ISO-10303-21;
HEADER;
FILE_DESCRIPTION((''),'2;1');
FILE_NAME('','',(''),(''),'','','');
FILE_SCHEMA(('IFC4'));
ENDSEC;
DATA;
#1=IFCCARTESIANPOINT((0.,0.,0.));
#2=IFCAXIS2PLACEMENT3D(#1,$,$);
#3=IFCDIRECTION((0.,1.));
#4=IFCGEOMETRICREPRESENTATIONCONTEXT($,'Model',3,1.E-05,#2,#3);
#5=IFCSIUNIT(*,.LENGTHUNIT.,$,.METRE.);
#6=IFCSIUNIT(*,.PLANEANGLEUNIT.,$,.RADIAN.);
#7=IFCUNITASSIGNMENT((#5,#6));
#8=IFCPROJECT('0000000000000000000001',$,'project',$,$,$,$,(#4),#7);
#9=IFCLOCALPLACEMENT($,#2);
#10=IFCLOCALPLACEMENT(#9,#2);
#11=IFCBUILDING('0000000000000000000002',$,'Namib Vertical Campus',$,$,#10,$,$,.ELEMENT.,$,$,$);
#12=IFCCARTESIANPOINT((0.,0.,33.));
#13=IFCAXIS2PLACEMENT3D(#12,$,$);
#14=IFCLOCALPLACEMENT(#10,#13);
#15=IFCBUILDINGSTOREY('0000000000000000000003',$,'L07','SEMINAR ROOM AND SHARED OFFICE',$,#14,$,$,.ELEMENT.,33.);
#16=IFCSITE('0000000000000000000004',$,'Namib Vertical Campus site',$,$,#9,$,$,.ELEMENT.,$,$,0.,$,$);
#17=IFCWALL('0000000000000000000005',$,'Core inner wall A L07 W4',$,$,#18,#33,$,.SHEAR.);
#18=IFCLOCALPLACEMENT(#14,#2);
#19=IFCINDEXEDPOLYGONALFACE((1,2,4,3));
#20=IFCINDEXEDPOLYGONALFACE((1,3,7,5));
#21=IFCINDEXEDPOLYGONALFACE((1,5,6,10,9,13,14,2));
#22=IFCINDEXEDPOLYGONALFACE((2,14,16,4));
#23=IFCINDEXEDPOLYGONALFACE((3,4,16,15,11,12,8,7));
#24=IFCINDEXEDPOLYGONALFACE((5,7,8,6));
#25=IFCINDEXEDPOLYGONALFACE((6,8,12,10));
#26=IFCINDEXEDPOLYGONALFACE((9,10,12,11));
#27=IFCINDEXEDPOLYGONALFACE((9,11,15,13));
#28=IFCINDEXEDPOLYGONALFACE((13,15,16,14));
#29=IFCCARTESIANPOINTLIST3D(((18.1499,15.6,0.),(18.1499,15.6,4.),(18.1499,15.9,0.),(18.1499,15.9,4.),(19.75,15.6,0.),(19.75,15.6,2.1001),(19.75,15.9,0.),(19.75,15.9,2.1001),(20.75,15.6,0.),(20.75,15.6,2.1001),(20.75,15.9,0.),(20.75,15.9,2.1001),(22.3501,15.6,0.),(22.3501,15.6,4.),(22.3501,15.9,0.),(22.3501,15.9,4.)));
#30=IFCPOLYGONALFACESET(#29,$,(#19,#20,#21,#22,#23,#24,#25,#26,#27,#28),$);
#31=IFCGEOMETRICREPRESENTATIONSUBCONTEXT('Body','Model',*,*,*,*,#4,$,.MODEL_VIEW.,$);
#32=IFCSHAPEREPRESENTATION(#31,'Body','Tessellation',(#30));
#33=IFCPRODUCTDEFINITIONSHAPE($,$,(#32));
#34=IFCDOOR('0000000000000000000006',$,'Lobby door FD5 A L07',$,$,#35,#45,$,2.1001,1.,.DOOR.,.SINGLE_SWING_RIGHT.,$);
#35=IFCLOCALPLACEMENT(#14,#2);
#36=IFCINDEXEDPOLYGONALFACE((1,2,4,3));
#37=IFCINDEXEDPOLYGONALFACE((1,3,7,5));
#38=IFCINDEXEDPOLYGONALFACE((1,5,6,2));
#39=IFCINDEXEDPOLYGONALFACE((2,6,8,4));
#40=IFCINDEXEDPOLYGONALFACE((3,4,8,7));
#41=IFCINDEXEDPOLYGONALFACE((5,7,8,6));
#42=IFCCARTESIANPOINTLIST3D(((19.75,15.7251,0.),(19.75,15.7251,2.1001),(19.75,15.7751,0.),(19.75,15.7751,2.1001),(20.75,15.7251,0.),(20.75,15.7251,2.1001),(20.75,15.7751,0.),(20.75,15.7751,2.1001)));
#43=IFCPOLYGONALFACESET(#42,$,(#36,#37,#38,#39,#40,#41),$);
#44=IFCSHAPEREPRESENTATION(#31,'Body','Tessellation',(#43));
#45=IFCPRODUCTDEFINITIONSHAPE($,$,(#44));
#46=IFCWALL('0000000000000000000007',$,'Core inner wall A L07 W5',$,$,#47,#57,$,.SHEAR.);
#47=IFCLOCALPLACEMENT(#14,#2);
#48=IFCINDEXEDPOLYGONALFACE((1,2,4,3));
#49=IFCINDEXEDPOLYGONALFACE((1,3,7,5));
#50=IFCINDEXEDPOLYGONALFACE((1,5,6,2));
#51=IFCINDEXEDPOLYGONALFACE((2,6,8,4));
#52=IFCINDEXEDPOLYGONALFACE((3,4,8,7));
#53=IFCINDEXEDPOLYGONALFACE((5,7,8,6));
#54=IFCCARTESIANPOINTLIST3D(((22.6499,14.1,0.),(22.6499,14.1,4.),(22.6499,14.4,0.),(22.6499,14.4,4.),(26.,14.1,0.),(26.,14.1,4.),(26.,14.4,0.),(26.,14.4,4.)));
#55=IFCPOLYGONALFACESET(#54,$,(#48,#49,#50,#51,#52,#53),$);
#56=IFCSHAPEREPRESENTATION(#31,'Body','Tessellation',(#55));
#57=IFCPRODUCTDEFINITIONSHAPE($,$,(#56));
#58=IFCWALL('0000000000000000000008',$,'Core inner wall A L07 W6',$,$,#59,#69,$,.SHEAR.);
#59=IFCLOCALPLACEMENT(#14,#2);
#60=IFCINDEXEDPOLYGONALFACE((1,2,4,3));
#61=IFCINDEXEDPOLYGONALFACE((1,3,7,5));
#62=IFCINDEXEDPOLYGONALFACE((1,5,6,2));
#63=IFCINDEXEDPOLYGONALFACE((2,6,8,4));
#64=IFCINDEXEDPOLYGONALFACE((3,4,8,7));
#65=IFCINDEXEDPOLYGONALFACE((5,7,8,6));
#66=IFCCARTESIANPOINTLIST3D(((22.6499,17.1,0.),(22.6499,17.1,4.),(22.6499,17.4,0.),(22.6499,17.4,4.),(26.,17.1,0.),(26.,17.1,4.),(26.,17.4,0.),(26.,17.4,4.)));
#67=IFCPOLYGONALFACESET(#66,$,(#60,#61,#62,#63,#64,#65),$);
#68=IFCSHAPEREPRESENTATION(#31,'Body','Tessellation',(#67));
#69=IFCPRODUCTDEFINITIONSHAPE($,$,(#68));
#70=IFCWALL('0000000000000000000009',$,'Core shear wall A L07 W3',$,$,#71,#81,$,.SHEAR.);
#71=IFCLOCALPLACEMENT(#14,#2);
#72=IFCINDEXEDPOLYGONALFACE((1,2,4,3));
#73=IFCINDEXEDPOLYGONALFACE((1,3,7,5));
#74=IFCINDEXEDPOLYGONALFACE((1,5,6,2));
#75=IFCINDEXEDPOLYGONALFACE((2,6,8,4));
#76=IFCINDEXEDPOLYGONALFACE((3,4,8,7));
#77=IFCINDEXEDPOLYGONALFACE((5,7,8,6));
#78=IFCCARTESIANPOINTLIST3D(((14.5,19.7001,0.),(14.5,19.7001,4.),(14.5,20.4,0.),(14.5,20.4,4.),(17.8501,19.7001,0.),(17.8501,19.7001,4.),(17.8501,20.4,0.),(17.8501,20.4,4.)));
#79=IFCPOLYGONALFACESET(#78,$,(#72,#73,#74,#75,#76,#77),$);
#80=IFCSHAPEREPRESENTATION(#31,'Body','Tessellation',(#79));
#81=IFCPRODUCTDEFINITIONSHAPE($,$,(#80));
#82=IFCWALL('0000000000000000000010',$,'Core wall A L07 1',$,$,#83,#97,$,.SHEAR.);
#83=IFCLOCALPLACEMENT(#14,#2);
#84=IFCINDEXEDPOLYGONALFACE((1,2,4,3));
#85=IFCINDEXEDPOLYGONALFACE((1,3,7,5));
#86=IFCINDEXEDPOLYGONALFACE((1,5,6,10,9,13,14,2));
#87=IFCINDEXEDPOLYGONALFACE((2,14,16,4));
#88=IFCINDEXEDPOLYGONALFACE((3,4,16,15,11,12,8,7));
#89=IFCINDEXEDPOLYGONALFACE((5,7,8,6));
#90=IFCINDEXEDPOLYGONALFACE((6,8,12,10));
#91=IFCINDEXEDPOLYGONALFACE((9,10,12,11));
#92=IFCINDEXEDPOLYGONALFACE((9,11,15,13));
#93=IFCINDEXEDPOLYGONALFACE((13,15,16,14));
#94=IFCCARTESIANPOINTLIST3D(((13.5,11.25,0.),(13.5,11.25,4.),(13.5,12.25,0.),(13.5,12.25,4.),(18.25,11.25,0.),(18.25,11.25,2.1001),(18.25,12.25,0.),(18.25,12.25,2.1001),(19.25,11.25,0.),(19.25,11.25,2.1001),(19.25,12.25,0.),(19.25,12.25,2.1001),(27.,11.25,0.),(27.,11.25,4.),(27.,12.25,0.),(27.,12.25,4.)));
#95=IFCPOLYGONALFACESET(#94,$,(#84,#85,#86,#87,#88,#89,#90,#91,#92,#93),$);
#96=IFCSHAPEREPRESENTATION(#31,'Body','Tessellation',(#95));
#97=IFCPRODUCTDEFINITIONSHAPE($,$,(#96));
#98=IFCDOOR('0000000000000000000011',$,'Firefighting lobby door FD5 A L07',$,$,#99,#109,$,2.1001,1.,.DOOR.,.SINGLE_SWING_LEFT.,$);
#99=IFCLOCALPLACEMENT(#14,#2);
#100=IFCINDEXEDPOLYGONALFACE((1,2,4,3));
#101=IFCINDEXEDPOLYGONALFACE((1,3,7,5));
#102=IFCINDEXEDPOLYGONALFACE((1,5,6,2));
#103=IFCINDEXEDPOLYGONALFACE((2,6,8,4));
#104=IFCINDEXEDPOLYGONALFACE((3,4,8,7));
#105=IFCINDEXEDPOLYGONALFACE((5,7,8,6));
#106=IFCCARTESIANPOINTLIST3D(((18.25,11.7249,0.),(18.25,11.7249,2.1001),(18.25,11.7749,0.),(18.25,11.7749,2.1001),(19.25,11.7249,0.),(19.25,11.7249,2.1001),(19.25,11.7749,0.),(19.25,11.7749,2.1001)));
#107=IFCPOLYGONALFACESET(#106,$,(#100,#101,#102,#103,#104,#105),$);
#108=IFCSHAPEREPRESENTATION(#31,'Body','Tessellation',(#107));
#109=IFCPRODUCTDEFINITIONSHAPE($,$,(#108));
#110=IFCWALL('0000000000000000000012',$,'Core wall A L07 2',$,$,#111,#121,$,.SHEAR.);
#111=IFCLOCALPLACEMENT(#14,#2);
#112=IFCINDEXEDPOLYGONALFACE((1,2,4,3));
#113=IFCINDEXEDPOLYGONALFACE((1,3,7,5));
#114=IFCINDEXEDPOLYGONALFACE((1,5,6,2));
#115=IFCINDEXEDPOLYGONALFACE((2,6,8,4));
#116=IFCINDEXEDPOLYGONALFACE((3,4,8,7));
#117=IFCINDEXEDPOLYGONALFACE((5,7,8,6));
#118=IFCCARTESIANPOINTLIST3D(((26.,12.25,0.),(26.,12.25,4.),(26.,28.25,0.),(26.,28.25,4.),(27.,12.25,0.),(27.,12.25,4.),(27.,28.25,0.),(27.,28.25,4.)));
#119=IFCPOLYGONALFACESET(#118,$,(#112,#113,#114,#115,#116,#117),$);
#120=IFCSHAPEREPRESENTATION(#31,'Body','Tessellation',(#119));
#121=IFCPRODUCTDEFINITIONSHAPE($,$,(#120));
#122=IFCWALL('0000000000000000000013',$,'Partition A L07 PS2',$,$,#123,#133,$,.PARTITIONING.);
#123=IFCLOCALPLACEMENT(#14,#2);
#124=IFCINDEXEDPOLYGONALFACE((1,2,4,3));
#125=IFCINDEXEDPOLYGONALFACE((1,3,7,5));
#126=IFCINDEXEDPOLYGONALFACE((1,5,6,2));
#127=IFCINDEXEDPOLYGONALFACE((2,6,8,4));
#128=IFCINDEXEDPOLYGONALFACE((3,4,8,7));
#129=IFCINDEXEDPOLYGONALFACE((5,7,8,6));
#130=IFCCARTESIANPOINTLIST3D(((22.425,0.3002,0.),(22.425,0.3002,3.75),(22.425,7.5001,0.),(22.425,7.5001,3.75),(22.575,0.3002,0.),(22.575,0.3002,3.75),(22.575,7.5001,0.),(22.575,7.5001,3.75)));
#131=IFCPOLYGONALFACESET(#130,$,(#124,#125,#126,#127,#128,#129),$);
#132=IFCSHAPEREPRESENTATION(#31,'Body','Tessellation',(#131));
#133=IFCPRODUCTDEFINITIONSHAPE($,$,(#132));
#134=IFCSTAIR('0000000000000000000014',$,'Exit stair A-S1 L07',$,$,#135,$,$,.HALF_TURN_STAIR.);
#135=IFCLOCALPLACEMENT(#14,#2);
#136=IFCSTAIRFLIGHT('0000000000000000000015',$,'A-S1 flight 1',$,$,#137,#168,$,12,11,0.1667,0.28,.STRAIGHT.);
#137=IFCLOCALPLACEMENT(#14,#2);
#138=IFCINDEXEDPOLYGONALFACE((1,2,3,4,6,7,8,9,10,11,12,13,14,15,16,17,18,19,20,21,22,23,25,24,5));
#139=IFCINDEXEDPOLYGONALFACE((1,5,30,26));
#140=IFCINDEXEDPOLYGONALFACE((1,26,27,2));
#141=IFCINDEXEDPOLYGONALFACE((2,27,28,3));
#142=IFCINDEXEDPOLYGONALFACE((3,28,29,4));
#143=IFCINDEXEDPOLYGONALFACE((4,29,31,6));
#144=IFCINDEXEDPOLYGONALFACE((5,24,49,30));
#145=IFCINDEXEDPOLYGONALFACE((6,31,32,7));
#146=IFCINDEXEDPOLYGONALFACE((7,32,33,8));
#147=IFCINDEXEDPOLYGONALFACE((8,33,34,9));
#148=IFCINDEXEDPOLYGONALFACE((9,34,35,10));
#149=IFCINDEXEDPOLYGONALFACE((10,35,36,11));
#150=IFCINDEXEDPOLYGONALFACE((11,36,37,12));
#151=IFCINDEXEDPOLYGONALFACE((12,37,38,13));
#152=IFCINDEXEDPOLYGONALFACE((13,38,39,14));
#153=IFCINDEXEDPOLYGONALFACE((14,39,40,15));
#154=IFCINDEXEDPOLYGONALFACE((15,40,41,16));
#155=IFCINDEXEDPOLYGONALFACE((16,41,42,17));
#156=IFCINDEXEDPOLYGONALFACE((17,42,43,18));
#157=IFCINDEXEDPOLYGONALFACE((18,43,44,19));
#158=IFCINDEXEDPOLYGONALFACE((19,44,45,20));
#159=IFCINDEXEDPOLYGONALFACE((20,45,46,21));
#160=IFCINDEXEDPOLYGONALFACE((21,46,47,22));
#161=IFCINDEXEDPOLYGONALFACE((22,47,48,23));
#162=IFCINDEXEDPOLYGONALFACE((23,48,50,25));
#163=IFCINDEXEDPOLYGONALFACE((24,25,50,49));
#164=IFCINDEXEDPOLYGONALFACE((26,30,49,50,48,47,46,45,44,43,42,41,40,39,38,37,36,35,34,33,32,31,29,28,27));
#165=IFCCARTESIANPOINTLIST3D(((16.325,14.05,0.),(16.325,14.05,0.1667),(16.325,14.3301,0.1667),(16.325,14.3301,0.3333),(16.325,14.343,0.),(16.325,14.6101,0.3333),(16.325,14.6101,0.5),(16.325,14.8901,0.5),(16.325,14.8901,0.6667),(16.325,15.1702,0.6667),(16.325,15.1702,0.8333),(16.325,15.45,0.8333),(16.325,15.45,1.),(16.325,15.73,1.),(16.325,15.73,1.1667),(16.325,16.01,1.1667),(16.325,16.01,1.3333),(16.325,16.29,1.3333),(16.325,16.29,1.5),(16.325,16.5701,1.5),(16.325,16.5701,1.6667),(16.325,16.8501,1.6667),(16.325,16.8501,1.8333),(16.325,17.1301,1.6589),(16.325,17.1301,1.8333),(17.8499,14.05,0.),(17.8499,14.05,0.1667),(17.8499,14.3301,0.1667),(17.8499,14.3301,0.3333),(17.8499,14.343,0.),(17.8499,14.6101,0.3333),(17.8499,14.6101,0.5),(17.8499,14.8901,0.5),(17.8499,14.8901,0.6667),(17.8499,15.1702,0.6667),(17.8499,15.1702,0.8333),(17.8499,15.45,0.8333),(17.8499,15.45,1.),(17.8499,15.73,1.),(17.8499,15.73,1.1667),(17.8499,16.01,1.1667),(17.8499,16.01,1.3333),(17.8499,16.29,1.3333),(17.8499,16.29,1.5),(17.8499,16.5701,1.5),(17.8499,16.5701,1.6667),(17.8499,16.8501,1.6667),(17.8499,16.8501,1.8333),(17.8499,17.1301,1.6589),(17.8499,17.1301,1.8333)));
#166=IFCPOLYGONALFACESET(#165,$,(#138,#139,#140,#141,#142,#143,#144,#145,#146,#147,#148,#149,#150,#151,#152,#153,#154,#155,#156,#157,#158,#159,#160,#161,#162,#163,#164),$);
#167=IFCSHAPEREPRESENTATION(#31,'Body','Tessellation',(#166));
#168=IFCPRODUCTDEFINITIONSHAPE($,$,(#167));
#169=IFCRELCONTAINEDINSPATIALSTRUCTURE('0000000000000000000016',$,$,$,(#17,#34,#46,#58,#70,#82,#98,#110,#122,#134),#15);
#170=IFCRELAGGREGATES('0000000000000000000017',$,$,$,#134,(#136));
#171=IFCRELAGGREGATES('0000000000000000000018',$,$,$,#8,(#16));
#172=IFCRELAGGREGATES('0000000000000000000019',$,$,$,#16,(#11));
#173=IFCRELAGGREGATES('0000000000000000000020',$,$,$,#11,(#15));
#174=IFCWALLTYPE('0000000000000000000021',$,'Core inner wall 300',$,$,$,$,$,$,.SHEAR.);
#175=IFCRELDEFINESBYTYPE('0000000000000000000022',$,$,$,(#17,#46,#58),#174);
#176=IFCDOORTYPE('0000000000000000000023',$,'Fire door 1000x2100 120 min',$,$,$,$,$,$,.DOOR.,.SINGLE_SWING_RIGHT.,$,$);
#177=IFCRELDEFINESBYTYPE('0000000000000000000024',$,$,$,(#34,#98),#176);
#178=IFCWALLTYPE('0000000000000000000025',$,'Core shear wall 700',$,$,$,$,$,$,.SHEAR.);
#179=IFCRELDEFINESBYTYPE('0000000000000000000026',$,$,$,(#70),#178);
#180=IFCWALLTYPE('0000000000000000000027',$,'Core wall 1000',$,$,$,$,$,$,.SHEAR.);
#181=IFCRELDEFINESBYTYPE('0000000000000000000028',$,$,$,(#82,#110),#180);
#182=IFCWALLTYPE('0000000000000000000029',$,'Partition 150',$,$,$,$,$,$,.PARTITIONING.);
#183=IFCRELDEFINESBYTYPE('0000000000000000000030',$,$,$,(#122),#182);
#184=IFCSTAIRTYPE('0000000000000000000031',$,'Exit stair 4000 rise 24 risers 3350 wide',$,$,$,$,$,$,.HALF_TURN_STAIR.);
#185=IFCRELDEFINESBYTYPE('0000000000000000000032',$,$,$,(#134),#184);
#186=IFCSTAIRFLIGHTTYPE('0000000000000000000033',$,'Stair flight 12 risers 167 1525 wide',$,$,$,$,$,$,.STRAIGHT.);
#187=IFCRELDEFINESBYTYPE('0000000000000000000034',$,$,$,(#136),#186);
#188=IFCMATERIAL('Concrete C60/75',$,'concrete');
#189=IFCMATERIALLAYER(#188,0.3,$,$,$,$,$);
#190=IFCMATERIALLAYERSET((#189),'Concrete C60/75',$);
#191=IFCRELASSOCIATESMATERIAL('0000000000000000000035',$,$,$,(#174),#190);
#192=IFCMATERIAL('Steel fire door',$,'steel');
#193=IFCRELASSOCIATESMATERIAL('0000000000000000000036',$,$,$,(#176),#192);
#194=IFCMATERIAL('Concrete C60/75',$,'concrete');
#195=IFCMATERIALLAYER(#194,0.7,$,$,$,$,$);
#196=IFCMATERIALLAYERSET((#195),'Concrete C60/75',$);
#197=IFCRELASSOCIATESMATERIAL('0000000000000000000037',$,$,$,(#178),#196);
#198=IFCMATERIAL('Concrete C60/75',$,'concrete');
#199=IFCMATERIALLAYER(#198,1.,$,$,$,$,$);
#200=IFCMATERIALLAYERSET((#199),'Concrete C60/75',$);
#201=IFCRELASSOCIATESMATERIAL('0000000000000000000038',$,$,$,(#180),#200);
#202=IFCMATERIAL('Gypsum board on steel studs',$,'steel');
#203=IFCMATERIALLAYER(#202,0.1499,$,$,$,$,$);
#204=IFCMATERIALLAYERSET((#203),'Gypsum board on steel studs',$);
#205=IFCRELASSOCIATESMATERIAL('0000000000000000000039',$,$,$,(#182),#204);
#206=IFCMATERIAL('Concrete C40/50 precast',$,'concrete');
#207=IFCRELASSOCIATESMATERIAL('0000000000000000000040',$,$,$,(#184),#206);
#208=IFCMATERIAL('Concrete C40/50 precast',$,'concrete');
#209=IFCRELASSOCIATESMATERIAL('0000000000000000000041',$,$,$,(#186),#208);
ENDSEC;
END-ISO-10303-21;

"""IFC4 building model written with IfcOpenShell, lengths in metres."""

from ifc_helpers import new_model, si_unit, direction, frame, frame_2d, origin, place, context, subcontext, project, spatial, polyline, rectangle, outline, extrude, material, layer, layer_set, type_object, element, fill, aggregate, save


model = new_model("IFC4")

# Units and contexts
model_context = context("Model", 3, precision=1e-05, world=origin(), true_north=direction((0.0, 1.0)))
body_context = subcontext(model_context, "Body", "Model", "MODEL_VIEW")
ifc_project = project(units=[si_unit("LENGTHUNIT", "METRE"), si_unit("PLANEANGLEUNIT", "RADIAN")], contexts=[model_context])

# Site, building, storey
site_placement = place(None, origin())
site = spatial("IfcSite", under=ifc_project, at=site_placement, Name="Namib Vertical Campus site", CompositionType="ELEMENT", RefElevation=0.0)
building_placement = place(site_placement, origin())
building = spatial("IfcBuilding", under=site, at=building_placement, Name="Namib Vertical Campus", CompositionType="ELEMENT")
storey_placement = place(building_placement, frame((0.0, 0.0, 33.0)))
storey = spatial("IfcBuildingStorey", under=building, at=storey_placement, Name="L07", Description="SEMINAR ROOM AND SHARED OFFICE", CompositionType="ELEMENT", Elevation=33.0)

# Shared definitions
ifc_material_1 = material(Name="Concrete C60/75", Category="concrete")
ifc_layer_1 = layer(ifc_material_1, 0.3)
ifc_layer_set_1 = layer_set([ifc_layer_1], Name="Concrete C60/75")
wall_type_1 = type_object("IfcWallType", Name="Core inner wall 300", PredefinedType="SHEAR", material=ifc_layer_set_1)

# Wall, opening, door
wall_1_placement = place(storey_placement, frame((18.1499, 15.75, 0.0), z_axis=(0.0, 0.0, 1.0), x_axis=(1.0, 0.0, 0.0)))
wall_1 = element("IfcWall", 1, at=wall_1_placement, inside=storey, type_object=wall_type_1, Name="Core inner wall A L07 W4", PredefinedType="SHEAR", context=body_context, shape_type="SweptSolid", body=[
    extrude(rectangle(XDim=4.2002, YDim=0.3, at=frame_2d((2.1001, 0.0))), origin(), (0.0, 0.0, 1.0), 4.0),
])
opening_1_placement = place(wall_1_placement, frame((1.6001, 0.0, 0.0)))
opening_1 = element("IfcOpeningElement", 2, at=opening_1_placement, cuts=wall_1, PredefinedType="OPENING", context=body_context, shape_type="SweptSolid", body=[
    extrude(rectangle(XDim=1.0, YDim=2.1001, at=frame_2d((0.5, 1.05))), frame((0.0, 0.1599, 0.0), z_axis=(0.0, -1.0, 0.0), x_axis=(1.0, 0.0, 0.0)), (0.0, 0.0, 1.0), 0.3201),
])
ifc_material_2 = material(Name="Steel fire door", Category="steel")
door_type_1 = type_object("IfcDoorType", Name="Fire door 1000x2100 120 min", OperationType="SINGLE_SWING_RIGHT", PredefinedType="DOOR", material=ifc_material_2)
door_1_placement = place(opening_1_placement, frame((1.0, 0.0, 0.0), z_axis=(0.0, 0.0, 1.0), x_axis=(-1.0, 0.0, 0.0)))
door_1 = element("IfcDoor", 3, at=door_1_placement, inside=storey, type_object=door_type_1, Name="Lobby door FD5 A L07", OperationType="SINGLE_SWING_RIGHT", OverallHeight=2.1001, OverallWidth=1.0, PredefinedType="DOOR", context=body_context, shape_type="SweptSolid", body=[
    extrude(rectangle(XDim=1.0, YDim=2.1001, at=frame_2d((0.5, 1.05))), frame((0.0, 0.0249, 0.0), z_axis=(0.0, -1.0, 0.0), x_axis=(1.0, 0.0, 0.0)), (0.0, 0.0, 1.0), 0.05),
])
fill(opening_1, door_1)

# Walls
for number, where, z_axis, x_axis, name in (
    (4, (22.6499, 14.25, 0.0), (0.0, 0.0, 1.0), (1.0, 0.0, 0.0), "Core inner wall A L07 W5"),
    (5, (22.6499, 17.25, 0.0), (0.0, 0.0, 1.0), (1.0, 0.0, 0.0), "Core inner wall A L07 W6"),
):
    element("IfcWall", number, at=place(storey_placement, frame(where, z_axis=z_axis, x_axis=x_axis)), inside=storey, type_object=wall_type_1, Name=name, PredefinedType="SHEAR", context=body_context, shape_type="SweptSolid", body=[
        extrude(rectangle(XDim=3.3501, YDim=0.3, at=frame_2d((1.675, 0.0))), origin(), (0.0, 0.0, 1.0), 4.0),
    ])
ifc_material_3 = material(Name="Concrete C60/75", Category="concrete")
ifc_layer_2 = layer(ifc_material_3, 0.7)
ifc_layer_set_2 = layer_set([ifc_layer_2], Name="Concrete C60/75")
wall_type_2 = type_object("IfcWallType", Name="Core shear wall 700", PredefinedType="SHEAR", material=ifc_layer_set_2)
wall_2_placement = place(storey_placement, frame((14.5, 20.05, 0.0), z_axis=(0.0, 0.0, 1.0), x_axis=(1.0, 0.0, 0.0)))
element("IfcWall", 6, at=wall_2_placement, inside=storey, type_object=wall_type_2, Name="Core shear wall A L07 W3", PredefinedType="SHEAR", context=body_context, shape_type="SweptSolid", body=[
    extrude(rectangle(XDim=3.3501, YDim=0.7, at=frame_2d((1.675, 0.0))), origin(), (0.0, 0.0, 1.0), 4.0),
])

# Wall, opening, door
ifc_material_4 = material(Name="Concrete C60/75", Category="concrete")
ifc_layer_3 = layer(ifc_material_4, 1.0)
ifc_layer_set_3 = layer_set([ifc_layer_3], Name="Concrete C60/75")
wall_type_3 = type_object("IfcWallType", Name="Core wall 1000", PredefinedType="SHEAR", material=ifc_layer_set_3)
wall_3_placement = place(storey_placement, frame((13.5, 11.75, 0.0), z_axis=(0.0, 0.0, 1.0), x_axis=(1.0, 0.0, 0.0)))
wall_3 = element("IfcWall", 7, at=wall_3_placement, inside=storey, type_object=wall_type_3, Name="Core wall A L07 1", PredefinedType="SHEAR", context=body_context, shape_type="SweptSolid", body=[
    extrude(rectangle(XDim=13.5, YDim=1.0, at=frame_2d((6.75, 0.0))), origin(), (0.0, 0.0, 1.0), 4.0),
])
opening_2_placement = place(wall_3_placement, frame((4.75, 0.0, 0.0)))
opening_2 = element("IfcOpeningElement", 8, at=opening_2_placement, cuts=wall_3, PredefinedType="OPENING", context=body_context, shape_type="SweptSolid", body=[
    extrude(rectangle(XDim=1.0, YDim=2.1001, at=frame_2d((0.5, 1.05))), frame((0.0, 0.51, 0.0), z_axis=(0.0, -1.0, 0.0), x_axis=(1.0, 0.0, 0.0)), (0.0, 0.0, 1.0), 1.02),
])
door_2_placement = place(opening_2_placement, origin())
door_2 = element("IfcDoor", 9, at=door_2_placement, inside=storey, type_object=door_type_1, Name="Firefighting lobby door FD5 A L07", OperationType="SINGLE_SWING_LEFT", OverallHeight=2.1001, OverallWidth=1.0, PredefinedType="DOOR", context=body_context, shape_type="SweptSolid", body=[
    extrude(rectangle(XDim=1.0, YDim=2.1001, at=frame_2d((0.5, 1.05))), frame((0.0, 0.0249, 0.0), z_axis=(0.0, -1.0, 0.0), x_axis=(1.0, 0.0, 0.0)), (0.0, 0.0, 1.0), 0.05),
])
fill(opening_2, door_2)

# Walls
wall_4_placement = place(storey_placement, frame((26.5, 12.25, 0.0), z_axis=(0.0, 0.0, 1.0), x_axis=(0.0, 1.0, 0.0)))
element("IfcWall", 10, at=wall_4_placement, inside=storey, type_object=wall_type_3, Name="Core wall A L07 2", PredefinedType="SHEAR", context=body_context, shape_type="SweptSolid", body=[
    extrude(rectangle(XDim=16.0, YDim=1.0, at=frame_2d((8.0, 0.0))), origin(), (0.0, 0.0, 1.0), 4.0),
])
ifc_material_5 = material(Name="Gypsum board on steel studs", Category="steel")
ifc_layer_4 = layer(ifc_material_5, 0.1499)
ifc_layer_set_4 = layer_set([ifc_layer_4], Name="Gypsum board on steel studs")
wall_type_4 = type_object("IfcWallType", Name="Partition 150", PredefinedType="PARTITIONING", material=ifc_layer_set_4)
wall_5_placement = place(storey_placement, frame((22.5, 0.3, 0.0), z_axis=(0.0, 0.0, 1.0), x_axis=(0.0, 1.0, 0.0)))
element("IfcWall", 11, at=wall_5_placement, inside=storey, type_object=wall_type_4, Name="Partition A L07 PS2", PredefinedType="PARTITIONING", context=body_context, shape_type="SweptSolid", body=[
    extrude(rectangle(XDim=7.2, YDim=0.1499, at=frame_2d((3.6001, 0.0))), origin(), (0.0, 0.0, 1.0), 3.75),
])

# Stair, stair flight
ifc_material_6 = material(Name="Concrete C40/50 precast", Category="concrete")
stair_type = type_object("IfcStairType", Name="Exit stair 4000 rise 24 risers 3350 wide", PredefinedType="HALF_TURN_STAIR", material=ifc_material_6)
stair_placement = place(storey_placement, origin())
stair = element("IfcStair", 12, at=stair_placement, inside=storey, type_object=stair_type, Name="Exit stair A-S1 L07", PredefinedType="HALF_TURN_STAIR")
ifc_material_7 = material(Name="Concrete C40/50 precast", Category="concrete")
stair_flight_type = type_object("IfcStairFlightType", Name="Stair flight 12 risers 167 1525 wide", PredefinedType="STRAIGHT", material=ifc_material_7)
stair_flight_1_placement = place(storey_placement, frame((17.0874, 14.05, 0.0), z_axis=(0.0, 0.0, 1.0), x_axis=(0.0, 1.0, 0.0)))
stair_flight_1 = element("IfcStairFlight", 13, at=stair_flight_1_placement, type_object=stair_flight_type, Name="A-S1 flight 1", NumberOfRisers=12, NumberOfTreads=11, PredefinedType="STRAIGHT", RiserHeight=0.1667, TreadLength=0.28, context=body_context, shape_type="SweptSolid", body=[
    extrude(outline(polyline([(0.0, 0.0), (0.0, 0.1667), (0.28, 0.1667), (0.28, 0.3333), (0.5601, 0.3333), (0.5601, 0.5), (0.8401, 0.5), (0.8401, 0.6667), (1.1201, 0.6667), (1.1201, 0.8333), (1.3999, 0.8333), (1.3999, 1.0), (1.6799, 1.0), (1.6799, 1.1667), (1.96, 1.1667), (1.96, 1.3333), (2.24, 1.3333), (2.24, 1.5), (2.52, 1.5), (2.52, 1.6667), (2.8, 1.6667), (2.8, 1.8333), (3.0801, 1.8333), (3.0801, 2.0), (3.0801, 1.6589), (0.293, 0.0), (0.0, 0.0)])), frame((0.0, 0.7625, 0.0), z_axis=(0.0, -1.0, 0.0), x_axis=(1.0, 0.0, 0.0)), (0.0, 0.0, 1.0), 1.5249),
])
aggregate(stair, [stair_flight_1])

save(model, "model.ifc")
